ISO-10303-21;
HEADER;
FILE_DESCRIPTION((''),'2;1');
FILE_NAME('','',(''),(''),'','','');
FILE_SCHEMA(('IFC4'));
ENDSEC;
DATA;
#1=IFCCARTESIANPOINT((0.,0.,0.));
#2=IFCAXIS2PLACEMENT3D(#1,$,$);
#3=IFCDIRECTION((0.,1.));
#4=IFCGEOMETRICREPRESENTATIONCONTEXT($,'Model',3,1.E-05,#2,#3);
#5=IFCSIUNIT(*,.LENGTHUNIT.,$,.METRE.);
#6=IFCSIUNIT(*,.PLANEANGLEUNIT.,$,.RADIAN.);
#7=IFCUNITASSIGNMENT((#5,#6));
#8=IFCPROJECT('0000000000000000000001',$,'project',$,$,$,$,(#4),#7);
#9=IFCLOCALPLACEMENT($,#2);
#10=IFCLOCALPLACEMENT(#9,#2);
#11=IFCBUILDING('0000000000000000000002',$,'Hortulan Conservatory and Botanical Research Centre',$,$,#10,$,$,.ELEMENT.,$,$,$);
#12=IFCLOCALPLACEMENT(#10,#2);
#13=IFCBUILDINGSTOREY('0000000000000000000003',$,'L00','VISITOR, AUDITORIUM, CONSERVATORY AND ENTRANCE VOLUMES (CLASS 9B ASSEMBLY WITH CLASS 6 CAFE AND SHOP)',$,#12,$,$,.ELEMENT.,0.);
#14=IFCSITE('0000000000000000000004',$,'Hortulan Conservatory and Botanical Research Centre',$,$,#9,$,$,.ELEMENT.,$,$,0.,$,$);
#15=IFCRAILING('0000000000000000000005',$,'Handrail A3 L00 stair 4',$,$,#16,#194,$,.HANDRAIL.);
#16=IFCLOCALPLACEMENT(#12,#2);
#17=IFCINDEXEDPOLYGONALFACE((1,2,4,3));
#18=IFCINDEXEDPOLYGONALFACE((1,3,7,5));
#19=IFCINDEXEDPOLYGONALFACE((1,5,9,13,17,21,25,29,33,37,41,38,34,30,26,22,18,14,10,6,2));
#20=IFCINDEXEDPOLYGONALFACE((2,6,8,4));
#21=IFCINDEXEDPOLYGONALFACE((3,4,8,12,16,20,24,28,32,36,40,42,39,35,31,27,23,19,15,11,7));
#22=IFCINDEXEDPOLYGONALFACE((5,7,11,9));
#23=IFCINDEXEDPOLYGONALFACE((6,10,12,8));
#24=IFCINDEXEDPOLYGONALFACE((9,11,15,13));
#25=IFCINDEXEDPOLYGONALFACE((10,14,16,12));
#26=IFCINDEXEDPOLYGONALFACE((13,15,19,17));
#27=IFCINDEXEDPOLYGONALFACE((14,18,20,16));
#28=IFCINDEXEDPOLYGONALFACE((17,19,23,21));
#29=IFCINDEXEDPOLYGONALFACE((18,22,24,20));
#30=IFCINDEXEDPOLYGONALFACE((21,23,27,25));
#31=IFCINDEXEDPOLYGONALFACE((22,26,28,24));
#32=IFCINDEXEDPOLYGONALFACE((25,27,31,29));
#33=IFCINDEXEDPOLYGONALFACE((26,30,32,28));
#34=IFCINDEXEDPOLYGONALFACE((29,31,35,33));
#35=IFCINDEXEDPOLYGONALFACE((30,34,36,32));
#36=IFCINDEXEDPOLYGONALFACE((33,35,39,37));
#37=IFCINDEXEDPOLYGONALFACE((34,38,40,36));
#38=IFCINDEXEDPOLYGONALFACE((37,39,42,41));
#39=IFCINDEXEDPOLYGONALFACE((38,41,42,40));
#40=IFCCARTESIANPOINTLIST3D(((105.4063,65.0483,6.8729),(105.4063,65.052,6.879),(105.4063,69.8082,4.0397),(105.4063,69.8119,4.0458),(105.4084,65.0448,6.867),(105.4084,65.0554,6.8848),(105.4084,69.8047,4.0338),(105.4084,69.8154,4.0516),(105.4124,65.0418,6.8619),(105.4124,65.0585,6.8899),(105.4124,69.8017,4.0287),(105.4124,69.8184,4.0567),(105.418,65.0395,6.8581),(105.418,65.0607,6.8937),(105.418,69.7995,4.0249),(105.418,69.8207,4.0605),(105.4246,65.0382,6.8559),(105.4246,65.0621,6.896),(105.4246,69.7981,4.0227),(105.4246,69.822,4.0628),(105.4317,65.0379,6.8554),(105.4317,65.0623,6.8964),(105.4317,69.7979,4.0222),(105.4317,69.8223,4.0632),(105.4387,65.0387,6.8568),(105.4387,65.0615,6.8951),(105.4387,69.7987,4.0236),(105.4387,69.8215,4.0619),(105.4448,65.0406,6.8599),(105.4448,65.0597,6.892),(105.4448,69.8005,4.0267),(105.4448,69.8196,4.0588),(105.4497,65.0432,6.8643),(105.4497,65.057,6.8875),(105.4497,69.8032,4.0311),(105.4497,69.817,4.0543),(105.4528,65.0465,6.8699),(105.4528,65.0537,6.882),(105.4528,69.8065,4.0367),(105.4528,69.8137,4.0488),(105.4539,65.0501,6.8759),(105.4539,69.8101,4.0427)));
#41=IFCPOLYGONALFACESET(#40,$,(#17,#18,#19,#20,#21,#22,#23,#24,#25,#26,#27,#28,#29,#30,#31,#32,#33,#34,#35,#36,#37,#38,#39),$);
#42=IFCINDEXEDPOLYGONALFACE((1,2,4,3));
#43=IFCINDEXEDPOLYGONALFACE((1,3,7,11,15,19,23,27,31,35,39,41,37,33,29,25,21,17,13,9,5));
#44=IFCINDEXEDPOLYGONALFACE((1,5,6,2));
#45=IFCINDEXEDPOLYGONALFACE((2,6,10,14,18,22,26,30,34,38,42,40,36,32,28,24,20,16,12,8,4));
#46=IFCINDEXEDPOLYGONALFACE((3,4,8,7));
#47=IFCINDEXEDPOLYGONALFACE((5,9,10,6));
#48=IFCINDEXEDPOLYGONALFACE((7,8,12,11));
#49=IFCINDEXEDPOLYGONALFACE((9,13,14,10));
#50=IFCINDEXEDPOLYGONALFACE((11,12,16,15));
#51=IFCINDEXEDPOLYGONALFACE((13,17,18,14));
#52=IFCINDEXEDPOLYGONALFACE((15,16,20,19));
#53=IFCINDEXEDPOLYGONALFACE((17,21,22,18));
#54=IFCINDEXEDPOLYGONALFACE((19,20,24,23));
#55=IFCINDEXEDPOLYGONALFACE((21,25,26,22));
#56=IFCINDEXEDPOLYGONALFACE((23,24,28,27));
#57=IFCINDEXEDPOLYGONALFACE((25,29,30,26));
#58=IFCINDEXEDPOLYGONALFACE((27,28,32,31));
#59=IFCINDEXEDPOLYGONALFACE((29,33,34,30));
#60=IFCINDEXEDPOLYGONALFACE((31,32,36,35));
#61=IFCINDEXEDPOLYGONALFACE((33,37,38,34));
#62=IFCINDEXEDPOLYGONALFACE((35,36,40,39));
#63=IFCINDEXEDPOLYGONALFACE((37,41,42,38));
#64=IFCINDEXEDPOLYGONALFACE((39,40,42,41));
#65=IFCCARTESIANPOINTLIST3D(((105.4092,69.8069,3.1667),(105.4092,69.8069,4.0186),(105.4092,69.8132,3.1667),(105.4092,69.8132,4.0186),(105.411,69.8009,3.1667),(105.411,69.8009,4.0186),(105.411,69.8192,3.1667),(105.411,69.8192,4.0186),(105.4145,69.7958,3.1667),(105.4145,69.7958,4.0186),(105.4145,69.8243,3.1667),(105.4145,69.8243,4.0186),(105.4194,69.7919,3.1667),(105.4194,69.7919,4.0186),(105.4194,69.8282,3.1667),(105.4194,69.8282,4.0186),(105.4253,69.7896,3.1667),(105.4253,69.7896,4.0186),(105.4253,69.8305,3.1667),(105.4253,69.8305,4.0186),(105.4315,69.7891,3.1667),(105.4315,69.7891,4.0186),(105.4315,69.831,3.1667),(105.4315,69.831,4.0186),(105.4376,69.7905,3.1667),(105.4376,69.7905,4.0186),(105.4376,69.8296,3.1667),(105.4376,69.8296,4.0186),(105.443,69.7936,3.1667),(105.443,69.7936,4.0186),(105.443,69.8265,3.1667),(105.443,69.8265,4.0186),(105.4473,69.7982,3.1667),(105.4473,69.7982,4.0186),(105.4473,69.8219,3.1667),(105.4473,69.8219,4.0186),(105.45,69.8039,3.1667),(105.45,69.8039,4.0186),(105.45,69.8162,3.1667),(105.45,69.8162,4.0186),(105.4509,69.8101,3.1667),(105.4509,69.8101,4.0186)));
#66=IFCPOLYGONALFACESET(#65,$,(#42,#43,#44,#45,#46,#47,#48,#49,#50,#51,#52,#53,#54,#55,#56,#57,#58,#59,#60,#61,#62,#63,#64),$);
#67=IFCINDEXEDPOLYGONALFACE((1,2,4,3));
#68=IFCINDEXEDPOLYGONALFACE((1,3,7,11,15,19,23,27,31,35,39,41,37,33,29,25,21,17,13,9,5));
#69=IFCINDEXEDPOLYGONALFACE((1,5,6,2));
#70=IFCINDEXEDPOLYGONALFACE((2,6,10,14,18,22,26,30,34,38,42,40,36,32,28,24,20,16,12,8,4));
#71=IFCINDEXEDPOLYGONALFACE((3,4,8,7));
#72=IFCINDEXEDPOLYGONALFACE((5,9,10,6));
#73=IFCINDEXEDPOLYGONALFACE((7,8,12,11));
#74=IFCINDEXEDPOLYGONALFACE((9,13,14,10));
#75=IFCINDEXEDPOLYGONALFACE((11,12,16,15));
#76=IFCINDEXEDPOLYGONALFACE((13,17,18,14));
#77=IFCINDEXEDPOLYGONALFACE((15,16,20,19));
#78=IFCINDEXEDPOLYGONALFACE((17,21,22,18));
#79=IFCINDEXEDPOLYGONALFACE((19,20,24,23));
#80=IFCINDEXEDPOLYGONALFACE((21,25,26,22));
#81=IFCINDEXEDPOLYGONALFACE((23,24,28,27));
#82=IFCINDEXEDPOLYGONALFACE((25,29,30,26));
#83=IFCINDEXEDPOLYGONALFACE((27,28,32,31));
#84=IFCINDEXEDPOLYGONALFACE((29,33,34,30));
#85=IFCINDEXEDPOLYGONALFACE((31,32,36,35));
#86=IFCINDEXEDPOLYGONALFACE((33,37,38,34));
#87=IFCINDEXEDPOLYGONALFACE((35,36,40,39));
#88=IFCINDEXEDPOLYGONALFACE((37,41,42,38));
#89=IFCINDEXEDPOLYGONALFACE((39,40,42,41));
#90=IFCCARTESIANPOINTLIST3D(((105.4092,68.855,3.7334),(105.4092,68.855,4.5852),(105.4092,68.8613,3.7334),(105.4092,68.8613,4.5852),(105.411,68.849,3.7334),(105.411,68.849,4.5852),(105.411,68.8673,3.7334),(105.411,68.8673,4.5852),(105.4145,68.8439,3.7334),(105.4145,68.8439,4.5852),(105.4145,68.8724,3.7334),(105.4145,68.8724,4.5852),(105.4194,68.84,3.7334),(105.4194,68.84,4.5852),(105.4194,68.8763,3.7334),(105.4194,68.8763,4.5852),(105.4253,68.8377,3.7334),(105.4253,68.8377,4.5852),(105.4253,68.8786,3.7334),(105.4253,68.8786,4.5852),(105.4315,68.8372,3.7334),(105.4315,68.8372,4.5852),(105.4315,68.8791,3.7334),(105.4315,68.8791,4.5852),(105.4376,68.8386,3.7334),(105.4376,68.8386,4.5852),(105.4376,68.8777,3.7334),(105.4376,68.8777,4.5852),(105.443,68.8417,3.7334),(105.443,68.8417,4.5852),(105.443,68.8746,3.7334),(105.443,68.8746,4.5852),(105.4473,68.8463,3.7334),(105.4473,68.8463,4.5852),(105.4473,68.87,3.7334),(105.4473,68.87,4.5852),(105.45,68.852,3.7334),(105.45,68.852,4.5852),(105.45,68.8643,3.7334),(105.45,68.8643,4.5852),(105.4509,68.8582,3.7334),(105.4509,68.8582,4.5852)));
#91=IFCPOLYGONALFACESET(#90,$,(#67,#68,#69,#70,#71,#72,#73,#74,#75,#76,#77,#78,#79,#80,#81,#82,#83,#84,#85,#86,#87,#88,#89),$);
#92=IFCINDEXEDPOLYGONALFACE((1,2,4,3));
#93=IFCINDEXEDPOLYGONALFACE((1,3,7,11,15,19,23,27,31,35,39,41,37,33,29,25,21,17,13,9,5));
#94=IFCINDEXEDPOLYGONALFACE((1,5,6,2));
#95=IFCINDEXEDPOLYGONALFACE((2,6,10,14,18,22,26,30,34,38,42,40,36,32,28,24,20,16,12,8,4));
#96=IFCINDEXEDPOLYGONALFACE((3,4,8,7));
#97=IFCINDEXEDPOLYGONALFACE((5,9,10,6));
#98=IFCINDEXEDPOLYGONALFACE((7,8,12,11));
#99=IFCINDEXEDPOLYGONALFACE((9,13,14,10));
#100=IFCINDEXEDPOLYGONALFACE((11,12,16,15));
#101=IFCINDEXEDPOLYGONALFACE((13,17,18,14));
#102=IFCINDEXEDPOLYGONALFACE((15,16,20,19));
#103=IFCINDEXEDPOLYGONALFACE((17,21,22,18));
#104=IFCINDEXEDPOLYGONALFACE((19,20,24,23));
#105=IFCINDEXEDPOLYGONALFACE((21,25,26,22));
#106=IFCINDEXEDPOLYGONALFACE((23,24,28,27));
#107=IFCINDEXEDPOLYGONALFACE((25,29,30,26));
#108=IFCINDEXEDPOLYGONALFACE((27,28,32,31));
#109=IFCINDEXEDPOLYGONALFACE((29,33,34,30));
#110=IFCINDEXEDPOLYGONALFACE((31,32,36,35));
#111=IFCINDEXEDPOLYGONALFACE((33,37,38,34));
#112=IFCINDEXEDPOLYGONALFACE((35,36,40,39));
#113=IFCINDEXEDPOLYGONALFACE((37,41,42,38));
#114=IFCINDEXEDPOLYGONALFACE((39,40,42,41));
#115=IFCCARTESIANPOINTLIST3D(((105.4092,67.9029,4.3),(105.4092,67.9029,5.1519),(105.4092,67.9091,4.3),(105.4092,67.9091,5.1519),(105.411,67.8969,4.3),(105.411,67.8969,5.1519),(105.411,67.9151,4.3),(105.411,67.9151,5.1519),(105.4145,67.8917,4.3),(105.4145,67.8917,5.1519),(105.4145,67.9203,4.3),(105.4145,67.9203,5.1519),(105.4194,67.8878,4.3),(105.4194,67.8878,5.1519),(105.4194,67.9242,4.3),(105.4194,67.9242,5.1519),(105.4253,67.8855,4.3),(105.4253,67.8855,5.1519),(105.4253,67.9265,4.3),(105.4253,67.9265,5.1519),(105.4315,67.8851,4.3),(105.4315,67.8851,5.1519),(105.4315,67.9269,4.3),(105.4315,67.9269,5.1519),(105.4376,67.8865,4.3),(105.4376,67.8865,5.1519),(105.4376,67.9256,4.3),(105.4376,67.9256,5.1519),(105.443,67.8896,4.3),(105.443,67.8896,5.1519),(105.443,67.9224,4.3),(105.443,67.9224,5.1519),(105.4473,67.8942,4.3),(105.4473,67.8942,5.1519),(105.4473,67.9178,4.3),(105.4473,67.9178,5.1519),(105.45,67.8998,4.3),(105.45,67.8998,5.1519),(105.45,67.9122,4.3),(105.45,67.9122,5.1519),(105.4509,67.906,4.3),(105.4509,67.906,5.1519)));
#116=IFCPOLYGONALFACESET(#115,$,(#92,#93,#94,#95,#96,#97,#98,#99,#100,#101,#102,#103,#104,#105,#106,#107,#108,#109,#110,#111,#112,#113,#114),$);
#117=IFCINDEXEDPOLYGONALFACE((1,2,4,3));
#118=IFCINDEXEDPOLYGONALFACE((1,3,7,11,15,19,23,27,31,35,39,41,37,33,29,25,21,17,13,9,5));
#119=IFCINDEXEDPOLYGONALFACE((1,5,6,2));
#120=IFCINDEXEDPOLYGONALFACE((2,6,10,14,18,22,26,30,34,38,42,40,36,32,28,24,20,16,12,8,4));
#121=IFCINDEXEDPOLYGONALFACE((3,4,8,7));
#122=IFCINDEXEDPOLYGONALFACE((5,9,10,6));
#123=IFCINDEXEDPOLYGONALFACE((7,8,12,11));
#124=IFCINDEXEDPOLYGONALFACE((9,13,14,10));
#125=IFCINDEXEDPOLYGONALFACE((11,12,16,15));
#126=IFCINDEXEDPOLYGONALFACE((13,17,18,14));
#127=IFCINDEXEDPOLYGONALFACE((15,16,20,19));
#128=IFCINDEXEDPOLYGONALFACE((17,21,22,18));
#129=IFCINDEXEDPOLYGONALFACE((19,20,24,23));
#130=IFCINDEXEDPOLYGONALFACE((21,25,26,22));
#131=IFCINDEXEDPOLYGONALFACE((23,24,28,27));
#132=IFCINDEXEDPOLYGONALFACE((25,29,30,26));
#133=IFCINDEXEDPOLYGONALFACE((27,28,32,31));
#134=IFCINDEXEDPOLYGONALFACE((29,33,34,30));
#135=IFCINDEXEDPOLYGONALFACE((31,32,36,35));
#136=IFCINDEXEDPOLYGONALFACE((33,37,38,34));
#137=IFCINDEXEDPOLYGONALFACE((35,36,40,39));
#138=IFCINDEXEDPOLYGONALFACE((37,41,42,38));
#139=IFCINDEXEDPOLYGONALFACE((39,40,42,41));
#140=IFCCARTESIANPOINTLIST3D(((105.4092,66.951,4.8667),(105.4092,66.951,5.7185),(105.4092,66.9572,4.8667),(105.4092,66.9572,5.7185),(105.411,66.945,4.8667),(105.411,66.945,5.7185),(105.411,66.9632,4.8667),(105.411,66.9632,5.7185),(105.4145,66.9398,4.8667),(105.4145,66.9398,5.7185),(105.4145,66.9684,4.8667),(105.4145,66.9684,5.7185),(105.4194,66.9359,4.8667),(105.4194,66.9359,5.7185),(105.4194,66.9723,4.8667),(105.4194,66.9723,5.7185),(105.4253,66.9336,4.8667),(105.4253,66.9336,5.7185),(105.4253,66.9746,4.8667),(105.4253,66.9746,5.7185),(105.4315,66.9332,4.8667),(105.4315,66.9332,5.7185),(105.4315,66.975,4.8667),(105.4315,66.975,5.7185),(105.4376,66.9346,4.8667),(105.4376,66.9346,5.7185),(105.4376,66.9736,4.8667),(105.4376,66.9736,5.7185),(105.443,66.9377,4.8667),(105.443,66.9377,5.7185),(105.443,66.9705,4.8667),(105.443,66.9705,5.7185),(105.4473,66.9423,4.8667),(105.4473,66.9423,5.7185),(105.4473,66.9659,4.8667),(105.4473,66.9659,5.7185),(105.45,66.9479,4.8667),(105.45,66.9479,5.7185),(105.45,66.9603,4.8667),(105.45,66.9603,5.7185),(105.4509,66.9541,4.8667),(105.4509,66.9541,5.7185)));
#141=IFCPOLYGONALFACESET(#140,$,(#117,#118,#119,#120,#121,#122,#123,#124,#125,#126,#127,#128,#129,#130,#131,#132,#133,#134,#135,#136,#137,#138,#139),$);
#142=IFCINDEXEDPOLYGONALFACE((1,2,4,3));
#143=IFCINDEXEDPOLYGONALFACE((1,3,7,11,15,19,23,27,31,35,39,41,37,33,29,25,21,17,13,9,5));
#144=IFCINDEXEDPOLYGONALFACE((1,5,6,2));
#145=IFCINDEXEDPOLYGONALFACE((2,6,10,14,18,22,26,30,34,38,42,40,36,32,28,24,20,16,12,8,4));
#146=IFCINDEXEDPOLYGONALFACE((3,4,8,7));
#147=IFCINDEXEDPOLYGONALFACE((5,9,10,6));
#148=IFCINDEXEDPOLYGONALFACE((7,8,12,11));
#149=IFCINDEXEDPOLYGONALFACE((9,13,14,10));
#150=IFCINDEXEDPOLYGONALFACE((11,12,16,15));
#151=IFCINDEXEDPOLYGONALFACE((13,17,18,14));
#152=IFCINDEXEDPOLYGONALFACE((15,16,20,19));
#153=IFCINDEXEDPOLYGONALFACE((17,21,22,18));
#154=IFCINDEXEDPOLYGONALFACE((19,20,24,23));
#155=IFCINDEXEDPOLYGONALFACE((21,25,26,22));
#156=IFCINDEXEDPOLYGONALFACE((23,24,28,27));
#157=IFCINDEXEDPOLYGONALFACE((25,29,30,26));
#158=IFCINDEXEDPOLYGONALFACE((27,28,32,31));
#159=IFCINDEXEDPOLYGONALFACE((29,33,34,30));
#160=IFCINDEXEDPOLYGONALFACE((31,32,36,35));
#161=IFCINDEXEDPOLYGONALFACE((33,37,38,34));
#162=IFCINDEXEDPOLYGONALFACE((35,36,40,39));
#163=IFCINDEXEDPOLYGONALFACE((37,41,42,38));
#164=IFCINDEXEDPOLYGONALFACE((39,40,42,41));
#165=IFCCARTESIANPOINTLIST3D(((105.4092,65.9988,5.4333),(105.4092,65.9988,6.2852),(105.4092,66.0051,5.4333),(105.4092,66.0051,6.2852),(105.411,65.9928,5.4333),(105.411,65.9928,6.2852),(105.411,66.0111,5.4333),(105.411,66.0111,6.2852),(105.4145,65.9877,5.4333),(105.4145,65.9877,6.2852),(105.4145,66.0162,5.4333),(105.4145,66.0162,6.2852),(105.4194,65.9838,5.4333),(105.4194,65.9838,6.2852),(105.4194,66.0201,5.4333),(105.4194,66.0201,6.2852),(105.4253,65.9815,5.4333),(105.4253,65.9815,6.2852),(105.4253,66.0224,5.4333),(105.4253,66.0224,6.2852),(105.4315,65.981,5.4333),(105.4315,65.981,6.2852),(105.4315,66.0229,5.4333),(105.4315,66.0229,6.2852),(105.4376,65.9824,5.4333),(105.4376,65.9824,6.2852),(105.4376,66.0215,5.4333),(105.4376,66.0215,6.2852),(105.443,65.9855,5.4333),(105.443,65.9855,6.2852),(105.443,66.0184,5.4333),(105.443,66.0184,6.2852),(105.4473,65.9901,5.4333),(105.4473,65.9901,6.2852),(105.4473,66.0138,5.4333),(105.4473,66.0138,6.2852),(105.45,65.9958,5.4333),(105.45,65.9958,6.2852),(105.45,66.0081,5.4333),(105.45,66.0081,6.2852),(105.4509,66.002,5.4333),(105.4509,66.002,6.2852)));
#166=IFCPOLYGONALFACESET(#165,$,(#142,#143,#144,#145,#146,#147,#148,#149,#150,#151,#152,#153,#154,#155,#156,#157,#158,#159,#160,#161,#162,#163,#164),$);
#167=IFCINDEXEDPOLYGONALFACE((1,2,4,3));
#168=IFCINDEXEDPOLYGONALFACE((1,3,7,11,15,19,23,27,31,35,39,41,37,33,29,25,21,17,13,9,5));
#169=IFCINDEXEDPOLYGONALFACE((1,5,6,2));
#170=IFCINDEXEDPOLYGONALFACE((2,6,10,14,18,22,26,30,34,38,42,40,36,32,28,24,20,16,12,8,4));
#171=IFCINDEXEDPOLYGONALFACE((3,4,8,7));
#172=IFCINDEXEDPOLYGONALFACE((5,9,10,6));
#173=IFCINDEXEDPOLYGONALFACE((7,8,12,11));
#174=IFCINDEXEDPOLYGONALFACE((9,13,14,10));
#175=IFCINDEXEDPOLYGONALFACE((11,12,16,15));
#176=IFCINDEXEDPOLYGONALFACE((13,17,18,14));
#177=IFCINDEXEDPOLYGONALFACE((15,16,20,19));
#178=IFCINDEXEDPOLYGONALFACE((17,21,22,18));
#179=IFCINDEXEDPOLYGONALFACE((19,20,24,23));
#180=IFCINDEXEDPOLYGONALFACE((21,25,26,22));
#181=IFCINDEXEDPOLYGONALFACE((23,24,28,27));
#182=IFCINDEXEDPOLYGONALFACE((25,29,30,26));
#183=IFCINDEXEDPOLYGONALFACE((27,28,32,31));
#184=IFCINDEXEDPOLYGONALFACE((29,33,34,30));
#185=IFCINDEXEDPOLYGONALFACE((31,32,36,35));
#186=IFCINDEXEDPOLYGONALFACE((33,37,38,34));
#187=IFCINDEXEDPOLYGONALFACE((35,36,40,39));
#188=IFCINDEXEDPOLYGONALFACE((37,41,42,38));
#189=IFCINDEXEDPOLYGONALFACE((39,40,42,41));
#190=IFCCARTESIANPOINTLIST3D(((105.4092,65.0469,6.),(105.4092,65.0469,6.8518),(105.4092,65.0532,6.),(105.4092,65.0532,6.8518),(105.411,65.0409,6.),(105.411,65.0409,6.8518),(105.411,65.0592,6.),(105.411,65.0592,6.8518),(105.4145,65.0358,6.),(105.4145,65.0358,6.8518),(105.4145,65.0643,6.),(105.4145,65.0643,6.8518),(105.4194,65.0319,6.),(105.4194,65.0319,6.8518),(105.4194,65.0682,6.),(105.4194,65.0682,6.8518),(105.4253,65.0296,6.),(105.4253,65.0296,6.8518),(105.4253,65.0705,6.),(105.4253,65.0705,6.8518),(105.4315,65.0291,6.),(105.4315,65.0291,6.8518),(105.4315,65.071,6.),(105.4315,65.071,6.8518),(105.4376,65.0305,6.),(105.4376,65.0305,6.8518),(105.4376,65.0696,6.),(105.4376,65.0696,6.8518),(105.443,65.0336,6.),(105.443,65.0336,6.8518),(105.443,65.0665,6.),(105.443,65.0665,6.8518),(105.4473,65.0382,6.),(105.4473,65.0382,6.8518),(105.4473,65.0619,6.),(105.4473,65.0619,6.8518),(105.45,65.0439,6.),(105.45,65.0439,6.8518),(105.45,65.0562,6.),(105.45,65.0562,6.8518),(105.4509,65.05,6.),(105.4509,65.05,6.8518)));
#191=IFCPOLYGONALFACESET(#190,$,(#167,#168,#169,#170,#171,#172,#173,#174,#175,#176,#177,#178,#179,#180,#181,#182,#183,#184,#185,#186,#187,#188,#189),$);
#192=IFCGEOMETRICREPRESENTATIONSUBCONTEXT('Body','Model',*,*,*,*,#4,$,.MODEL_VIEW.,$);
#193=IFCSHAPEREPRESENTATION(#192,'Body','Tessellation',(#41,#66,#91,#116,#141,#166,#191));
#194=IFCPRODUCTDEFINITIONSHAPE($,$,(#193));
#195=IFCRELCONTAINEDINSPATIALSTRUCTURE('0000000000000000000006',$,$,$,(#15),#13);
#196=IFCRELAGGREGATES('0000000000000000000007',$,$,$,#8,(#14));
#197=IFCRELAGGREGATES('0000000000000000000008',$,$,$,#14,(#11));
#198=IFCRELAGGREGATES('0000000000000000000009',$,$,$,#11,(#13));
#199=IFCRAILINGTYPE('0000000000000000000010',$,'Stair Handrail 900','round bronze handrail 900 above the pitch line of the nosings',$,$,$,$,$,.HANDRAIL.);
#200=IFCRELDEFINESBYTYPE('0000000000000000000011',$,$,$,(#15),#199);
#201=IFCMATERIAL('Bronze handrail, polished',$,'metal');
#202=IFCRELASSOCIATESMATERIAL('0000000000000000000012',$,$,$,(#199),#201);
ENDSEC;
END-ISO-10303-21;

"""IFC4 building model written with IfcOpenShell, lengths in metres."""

from ifc_helpers import new_model, si_unit, direction, frame, origin, origin_2d, place, context, subcontext, project, spatial, circle, extrude, material, type_object, element, save


model = new_model("IFC4")

# Units and contexts
model_context = context("Model", 3, precision=1e-05, world=origin(), true_north=direction((0.0, 1.0)))
body_context = subcontext(model_context, "Body", "Model", "MODEL_VIEW")
ifc_project = project(units=[si_unit("LENGTHUNIT", "METRE"), si_unit("PLANEANGLEUNIT", "RADIAN")], contexts=[model_context])

# Site, building, storey
site_placement = place(None, origin())
site = spatial("IfcSite", under=ifc_project, at=site_placement, Name="Hortulan Conservatory and Botanical Research Centre", CompositionType="ELEMENT", RefElevation=0.0)
building_placement = place(site_placement, origin())
building = spatial("IfcBuilding", under=site, at=building_placement, Name="Hortulan Conservatory and Botanical Research Centre", CompositionType="ELEMENT")
storey_placement = place(building_placement, origin())
storey = spatial("IfcBuildingStorey", under=building, at=storey_placement, Name="L00", Description="VISITOR, AUDITORIUM, CONSERVATORY AND ENTRANCE VOLUMES (CLASS 9B ASSEMBLY WITH CLASS 6 CAFE AND SHOP)", CompositionType="ELEMENT", Elevation=0.0)

# Railing
ifc_material_1 = material(Name="Bronze handrail, polished", Category="metal")
railing_type_1 = type_object("IfcRailingType", Name="Stair Handrail 900", Description="round bronze handrail 900 above the pitch line of the nosings", PredefinedType="HANDRAIL", material=ifc_material_1)
for number, where, name in (
    (1, (105.4299, 69.8101, 3.1667), "Handrail A3 L00 stair 4"),
):
    element("IfcRailing", number, at=place(storey_placement, frame(where)), inside=storey, type_object=railing_type_1, Name=name, PredefinedType="HANDRAIL", context=body_context, shape_type="SweptSolid", body=[
        extrude(circle(Radius=0.0239, at=origin_2d()), frame((0.0, 0.0, 0.876), z_axis=(0.0, -0.8593, 0.511472), x_axis=(1.0, 0.0, 0.0)), (0.0, 0.0, 1.0), 5.5393),
        extrude(circle(Radius=0.021, at=origin_2d()), origin(), (0.0, 0.0, 1.0), 0.8518),
        extrude(circle(Radius=0.021, at=origin_2d()), frame((0.0, -0.9519, 0.5667)), (0.0, 0.0, 1.0), 0.8518),
        extrude(circle(Radius=0.021, at=origin_2d()), frame((0.0, -1.9041, 1.1333)), (0.0, 0.0, 1.0), 0.8518),
        extrude(circle(Radius=0.021, at=origin_2d()), frame((0.0, -2.856, 1.7)), (0.0, 0.0, 1.0), 0.8518),
        extrude(circle(Radius=0.021, at=origin_2d()), frame((0.0, -3.8081, 2.2666)), (0.0, 0.0, 1.0), 0.8518),
        extrude(circle(Radius=0.021, at=origin_2d()), frame((0.0, -4.76, 2.8333)), (0.0, 0.0, 1.0), 0.8518),
    ])

save(model, "model.ifc")
